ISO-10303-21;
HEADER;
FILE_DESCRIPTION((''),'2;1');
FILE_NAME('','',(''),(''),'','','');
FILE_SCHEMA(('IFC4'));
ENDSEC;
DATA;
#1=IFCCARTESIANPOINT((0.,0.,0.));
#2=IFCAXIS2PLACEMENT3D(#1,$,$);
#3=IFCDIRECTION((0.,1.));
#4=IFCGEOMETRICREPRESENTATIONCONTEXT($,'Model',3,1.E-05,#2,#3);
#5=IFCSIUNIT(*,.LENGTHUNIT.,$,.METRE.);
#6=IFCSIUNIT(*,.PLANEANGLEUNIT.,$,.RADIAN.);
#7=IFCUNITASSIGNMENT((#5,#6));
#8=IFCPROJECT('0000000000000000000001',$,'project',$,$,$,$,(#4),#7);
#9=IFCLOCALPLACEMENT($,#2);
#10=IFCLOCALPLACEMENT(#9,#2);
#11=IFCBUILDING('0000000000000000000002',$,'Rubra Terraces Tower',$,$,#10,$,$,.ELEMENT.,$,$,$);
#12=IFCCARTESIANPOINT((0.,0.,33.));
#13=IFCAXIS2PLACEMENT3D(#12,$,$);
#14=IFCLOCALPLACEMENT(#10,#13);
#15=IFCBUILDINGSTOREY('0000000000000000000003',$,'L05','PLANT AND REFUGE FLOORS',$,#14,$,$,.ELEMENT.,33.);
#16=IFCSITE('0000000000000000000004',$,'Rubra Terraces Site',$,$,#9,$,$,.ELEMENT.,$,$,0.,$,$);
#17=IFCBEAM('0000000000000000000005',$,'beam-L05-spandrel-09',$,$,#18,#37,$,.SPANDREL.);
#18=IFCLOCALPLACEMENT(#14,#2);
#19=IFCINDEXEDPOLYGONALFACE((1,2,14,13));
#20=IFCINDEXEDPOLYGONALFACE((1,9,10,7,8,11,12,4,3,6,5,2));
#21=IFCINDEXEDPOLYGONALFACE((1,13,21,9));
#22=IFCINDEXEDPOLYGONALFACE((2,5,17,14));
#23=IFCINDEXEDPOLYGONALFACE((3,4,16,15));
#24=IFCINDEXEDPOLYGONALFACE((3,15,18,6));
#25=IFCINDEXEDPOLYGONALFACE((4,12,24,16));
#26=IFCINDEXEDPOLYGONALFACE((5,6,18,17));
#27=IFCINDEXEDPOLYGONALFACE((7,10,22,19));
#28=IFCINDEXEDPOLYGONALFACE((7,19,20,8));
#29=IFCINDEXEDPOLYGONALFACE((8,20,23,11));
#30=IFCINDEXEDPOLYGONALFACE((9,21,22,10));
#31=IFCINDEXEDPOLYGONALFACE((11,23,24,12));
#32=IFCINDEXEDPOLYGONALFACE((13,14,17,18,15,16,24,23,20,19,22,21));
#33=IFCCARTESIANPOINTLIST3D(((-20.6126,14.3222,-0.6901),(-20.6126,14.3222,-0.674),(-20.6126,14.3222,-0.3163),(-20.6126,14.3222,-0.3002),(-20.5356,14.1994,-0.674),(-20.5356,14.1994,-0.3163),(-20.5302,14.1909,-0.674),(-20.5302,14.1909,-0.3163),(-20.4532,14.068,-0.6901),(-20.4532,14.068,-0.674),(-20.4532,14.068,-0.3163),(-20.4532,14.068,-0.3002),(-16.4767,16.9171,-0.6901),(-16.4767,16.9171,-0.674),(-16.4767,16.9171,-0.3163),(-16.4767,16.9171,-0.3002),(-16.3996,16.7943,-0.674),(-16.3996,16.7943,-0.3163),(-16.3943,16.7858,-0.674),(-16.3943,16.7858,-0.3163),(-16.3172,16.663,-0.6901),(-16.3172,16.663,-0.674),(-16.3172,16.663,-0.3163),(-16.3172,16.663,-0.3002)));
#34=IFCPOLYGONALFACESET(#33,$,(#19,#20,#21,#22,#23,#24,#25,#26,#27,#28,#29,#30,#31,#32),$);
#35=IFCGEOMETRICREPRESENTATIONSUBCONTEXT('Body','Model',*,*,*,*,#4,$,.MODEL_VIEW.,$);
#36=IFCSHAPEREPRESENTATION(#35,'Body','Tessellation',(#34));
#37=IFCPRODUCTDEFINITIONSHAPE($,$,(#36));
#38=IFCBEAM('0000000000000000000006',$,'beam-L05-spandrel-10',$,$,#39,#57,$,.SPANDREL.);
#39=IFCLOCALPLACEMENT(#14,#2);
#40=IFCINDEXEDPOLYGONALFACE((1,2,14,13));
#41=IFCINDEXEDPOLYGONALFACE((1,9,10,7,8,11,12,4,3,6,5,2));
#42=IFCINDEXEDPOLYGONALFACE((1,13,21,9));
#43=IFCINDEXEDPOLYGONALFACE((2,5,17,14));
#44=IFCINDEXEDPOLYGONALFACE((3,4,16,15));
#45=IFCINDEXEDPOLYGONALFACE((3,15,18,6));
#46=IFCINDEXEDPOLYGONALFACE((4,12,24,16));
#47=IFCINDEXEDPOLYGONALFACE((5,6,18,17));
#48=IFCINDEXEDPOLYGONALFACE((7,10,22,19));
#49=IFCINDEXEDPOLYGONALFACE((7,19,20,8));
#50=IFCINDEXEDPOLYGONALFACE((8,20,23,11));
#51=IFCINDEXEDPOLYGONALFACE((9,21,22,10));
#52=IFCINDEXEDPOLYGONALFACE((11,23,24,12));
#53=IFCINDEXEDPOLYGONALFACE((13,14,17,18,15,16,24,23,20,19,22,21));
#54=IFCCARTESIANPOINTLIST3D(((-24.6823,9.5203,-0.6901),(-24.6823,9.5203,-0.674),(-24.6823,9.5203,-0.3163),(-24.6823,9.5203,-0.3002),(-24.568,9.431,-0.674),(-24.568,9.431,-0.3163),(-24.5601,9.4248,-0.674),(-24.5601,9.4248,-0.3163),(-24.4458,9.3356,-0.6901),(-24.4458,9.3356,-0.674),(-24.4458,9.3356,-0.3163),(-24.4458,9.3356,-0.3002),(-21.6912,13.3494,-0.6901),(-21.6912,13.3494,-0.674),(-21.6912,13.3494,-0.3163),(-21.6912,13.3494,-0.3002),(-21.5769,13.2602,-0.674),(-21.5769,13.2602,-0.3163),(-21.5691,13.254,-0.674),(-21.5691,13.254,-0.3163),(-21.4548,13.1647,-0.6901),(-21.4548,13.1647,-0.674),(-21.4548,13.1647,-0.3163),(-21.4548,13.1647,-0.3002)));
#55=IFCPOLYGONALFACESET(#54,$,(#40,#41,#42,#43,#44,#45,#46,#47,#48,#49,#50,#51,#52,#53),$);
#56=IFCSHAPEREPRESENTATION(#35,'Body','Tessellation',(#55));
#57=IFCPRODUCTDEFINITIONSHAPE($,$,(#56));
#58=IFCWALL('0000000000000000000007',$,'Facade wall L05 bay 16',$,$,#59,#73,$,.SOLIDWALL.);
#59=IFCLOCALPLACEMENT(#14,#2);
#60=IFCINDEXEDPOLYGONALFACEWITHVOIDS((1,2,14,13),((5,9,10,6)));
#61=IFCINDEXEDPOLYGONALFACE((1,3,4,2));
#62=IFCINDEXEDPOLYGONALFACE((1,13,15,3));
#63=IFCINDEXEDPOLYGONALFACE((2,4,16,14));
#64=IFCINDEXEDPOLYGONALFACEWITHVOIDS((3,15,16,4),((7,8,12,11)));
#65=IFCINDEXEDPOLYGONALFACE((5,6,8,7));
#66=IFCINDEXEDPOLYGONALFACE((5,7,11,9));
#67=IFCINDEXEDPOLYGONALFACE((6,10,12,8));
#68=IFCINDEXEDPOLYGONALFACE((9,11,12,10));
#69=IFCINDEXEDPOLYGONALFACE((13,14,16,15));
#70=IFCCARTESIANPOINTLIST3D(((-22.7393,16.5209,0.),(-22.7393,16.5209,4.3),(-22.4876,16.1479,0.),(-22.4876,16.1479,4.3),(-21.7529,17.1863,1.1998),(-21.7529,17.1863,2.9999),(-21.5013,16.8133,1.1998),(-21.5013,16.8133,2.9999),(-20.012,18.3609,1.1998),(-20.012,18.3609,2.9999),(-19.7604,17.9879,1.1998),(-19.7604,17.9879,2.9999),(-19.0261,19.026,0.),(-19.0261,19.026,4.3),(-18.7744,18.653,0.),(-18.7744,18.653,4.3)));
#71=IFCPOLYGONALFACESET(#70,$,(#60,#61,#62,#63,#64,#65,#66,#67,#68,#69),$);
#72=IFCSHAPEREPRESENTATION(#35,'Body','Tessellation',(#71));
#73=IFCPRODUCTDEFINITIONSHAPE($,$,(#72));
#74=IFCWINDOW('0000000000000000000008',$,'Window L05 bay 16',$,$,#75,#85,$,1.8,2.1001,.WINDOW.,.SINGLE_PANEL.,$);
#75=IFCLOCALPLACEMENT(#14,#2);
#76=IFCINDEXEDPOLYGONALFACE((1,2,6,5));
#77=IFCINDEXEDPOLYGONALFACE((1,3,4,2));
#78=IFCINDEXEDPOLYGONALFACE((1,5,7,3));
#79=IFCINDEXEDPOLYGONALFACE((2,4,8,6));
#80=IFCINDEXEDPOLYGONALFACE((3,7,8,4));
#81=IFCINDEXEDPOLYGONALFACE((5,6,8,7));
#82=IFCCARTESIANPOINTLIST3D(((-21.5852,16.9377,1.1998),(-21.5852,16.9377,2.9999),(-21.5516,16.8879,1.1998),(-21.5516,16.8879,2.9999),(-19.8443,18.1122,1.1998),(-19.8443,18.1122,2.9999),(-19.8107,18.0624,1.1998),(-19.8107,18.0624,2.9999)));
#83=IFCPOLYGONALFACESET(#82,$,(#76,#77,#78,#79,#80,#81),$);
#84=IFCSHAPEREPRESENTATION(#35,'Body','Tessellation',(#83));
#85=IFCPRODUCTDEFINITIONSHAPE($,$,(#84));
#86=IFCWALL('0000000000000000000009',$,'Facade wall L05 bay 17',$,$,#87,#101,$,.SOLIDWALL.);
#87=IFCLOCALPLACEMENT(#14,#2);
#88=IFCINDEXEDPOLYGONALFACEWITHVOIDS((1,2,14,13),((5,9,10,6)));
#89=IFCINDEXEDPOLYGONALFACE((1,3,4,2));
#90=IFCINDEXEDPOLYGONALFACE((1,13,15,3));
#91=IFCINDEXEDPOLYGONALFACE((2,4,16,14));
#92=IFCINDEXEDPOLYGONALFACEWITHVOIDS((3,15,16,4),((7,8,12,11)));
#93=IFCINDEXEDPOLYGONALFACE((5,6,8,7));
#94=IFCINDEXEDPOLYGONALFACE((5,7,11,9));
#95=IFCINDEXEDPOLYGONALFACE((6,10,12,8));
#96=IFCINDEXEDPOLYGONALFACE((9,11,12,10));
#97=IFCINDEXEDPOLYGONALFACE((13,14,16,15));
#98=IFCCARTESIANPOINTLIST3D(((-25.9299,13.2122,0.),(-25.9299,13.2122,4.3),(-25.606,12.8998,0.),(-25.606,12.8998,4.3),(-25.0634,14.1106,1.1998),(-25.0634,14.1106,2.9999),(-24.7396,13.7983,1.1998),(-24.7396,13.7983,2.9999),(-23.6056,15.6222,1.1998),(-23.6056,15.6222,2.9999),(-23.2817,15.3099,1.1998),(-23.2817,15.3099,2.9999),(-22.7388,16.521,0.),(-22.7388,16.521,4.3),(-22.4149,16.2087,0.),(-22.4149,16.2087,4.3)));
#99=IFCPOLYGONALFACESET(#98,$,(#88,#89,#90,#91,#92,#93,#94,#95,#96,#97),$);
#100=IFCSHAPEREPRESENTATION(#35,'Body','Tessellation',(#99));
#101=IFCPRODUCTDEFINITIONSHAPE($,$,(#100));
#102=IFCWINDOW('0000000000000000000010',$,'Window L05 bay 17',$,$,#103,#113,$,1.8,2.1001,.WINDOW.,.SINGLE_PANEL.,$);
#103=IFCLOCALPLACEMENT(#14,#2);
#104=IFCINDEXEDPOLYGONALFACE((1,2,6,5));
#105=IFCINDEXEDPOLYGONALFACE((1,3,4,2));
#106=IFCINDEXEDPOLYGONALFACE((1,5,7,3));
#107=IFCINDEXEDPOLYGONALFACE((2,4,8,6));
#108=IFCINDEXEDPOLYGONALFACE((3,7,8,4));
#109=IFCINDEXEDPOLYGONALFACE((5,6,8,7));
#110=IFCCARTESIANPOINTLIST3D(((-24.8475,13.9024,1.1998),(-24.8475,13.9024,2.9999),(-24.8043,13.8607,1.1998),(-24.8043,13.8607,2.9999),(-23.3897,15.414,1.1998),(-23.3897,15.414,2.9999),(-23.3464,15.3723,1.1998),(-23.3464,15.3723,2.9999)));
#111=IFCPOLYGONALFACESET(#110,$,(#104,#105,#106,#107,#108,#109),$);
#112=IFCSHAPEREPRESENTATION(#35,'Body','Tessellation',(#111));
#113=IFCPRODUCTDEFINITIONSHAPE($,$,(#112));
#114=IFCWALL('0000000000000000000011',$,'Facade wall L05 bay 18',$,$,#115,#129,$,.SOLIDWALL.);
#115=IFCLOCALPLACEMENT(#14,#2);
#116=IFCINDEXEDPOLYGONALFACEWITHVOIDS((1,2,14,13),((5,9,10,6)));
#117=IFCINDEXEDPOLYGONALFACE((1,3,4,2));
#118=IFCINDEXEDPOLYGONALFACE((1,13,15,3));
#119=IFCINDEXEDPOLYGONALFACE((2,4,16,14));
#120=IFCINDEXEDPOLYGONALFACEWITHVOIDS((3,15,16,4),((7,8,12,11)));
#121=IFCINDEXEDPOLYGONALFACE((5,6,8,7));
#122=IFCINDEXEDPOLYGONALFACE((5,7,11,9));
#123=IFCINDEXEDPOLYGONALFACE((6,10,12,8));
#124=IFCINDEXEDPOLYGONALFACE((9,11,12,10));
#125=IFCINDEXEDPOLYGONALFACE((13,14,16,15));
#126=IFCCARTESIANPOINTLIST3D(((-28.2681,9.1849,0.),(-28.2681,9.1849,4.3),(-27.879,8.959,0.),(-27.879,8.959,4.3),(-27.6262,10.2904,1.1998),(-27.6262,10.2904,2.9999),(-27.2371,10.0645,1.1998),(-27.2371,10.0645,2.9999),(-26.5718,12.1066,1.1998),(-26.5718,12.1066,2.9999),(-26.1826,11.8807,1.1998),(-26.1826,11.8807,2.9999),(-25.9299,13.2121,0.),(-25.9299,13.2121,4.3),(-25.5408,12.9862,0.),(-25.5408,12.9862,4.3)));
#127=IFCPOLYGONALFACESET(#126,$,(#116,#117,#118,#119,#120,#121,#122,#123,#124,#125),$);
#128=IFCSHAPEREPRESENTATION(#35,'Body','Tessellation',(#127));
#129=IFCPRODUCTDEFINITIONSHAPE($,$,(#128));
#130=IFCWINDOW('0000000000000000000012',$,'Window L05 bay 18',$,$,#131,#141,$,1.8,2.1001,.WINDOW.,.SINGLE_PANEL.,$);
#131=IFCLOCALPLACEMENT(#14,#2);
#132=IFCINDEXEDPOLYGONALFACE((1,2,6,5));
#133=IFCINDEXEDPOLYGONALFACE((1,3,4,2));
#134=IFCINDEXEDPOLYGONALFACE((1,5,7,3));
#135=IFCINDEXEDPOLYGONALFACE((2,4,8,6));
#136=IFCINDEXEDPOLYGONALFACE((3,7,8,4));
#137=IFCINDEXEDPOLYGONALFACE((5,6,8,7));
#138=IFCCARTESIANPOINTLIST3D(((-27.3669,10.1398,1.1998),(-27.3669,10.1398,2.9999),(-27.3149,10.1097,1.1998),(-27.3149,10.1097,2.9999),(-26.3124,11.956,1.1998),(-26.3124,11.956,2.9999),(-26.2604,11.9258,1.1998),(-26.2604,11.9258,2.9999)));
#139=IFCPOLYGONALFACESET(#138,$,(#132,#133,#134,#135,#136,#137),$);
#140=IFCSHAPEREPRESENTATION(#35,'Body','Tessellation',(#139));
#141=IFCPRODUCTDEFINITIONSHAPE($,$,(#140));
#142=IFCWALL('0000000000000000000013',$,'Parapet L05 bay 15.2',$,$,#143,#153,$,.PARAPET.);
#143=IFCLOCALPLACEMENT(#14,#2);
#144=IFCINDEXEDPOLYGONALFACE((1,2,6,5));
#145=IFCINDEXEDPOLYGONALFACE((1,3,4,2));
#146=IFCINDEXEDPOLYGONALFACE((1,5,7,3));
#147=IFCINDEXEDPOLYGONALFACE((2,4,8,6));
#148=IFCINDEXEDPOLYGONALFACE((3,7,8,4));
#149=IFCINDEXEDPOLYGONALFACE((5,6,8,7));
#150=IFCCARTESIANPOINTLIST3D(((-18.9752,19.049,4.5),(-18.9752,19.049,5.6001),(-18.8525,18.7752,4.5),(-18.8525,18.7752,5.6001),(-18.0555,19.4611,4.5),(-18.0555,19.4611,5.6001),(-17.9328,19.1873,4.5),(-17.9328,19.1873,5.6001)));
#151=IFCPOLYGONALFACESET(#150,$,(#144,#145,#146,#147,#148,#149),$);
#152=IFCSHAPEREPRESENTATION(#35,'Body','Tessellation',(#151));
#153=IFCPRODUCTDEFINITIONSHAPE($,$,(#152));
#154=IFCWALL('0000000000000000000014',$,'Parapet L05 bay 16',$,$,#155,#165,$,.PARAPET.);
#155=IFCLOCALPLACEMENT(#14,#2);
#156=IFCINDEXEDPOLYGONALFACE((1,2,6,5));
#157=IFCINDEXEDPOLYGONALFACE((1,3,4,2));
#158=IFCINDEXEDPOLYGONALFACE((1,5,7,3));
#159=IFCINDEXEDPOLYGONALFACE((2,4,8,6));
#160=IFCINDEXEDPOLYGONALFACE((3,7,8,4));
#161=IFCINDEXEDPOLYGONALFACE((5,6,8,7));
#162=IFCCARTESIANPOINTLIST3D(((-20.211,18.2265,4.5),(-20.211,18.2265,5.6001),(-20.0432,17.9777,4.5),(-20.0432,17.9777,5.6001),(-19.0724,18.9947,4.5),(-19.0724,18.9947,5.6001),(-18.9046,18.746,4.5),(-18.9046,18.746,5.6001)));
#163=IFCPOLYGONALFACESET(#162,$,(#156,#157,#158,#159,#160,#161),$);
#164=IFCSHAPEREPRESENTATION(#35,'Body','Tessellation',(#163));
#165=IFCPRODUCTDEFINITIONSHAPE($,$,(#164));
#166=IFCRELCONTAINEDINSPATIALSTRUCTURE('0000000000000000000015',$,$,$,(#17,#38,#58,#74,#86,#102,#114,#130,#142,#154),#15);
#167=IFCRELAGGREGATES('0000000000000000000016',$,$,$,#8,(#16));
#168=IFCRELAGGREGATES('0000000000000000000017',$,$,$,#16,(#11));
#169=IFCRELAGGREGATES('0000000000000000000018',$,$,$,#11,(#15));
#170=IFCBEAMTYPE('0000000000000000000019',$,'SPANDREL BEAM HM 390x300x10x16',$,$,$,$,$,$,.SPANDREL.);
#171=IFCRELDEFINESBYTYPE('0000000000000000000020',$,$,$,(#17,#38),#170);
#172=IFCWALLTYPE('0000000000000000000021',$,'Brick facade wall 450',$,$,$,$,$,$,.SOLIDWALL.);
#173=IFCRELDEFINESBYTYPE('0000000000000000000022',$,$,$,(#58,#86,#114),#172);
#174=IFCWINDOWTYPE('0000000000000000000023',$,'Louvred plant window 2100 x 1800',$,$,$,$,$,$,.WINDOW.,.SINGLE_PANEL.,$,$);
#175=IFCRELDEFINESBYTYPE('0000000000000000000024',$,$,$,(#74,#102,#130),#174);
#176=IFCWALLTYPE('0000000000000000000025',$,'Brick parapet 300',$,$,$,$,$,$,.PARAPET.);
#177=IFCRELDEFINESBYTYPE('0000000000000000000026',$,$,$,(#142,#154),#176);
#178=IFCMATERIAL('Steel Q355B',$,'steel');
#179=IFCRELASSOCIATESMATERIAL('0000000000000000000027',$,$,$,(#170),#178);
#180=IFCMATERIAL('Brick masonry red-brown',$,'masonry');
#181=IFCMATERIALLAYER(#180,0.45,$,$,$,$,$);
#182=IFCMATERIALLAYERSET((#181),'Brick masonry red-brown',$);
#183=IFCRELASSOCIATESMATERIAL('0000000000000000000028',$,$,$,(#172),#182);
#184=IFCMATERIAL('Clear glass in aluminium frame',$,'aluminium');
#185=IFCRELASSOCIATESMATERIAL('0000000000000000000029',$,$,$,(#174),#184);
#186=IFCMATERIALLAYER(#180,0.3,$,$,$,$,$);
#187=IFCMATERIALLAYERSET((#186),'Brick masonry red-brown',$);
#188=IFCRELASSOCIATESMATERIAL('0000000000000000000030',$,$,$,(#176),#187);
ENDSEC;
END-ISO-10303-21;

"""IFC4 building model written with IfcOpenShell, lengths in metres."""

from ifc_helpers import new_model, si_unit, direction, frame, frame_2d, origin, origin_2d, place, context, subcontext, project, spatial, rectangle, i_section, extrude, material, layer, layer_set, material_profile, profile_set, type_object, element, fill, save


model = new_model("IFC4")

# Units and contexts
model_context = context("Model", 3, precision=1e-05, world=origin(), true_north=direction((0.0, 1.0)))
body_context = subcontext(model_context, "Body", "Model", "MODEL_VIEW")
ifc_project = project(units=[si_unit("LENGTHUNIT", "METRE"), si_unit("PLANEANGLEUNIT", "RADIAN")], contexts=[model_context])

# Site, building, storey
site_placement = place(None, origin())
site = spatial("IfcSite", under=ifc_project, at=site_placement, Name="Rubra Terraces Site", CompositionType="ELEMENT", RefElevation=0.0)
building_placement = place(site_placement, origin())
building = spatial("IfcBuilding", under=site, at=building_placement, Name="Rubra Terraces Tower", CompositionType="ELEMENT")
storey_placement = place(building_placement, frame((0.0, 0.0, 33.0)))
storey = spatial("IfcBuildingStorey", under=building, at=storey_placement, Name="L05", Description="PLANT AND REFUGE FLOORS", CompositionType="ELEMENT", Elevation=33.0)

# Shared definitions
ifc_material_1 = material(Name="Steel Q355B", Category="steel")

# Beams
ifc_material_profile_1 = material_profile(ifc_material_1, i_section(OverallWidth=0.3, OverallDepth=0.3899, WebThickness=0.01, FlangeThickness=0.0161, at=origin_2d()), Name="HM 390x300x10x16")
ifc_profile_set_1 = profile_set([ifc_material_profile_1], Name="Steel Q355B")
beam_type_1 = type_object("IfcBeamType", Name="SPANDREL BEAM HM 390x300x10x16", PredefinedType="SPANDREL", material=ifc_profile_set_1)
beam_1_placement = place(storey_placement, frame((-16.397, 16.79, -0.4951), z_axis=(-0.847078, -0.531468, 0.0), x_axis=(0.531468, -0.847078, 0.0)))
element("IfcBeam", 1, at=beam_1_placement, inside=storey, type_object=beam_type_1, Name="beam-L05-spandrel-09", PredefinedType="SPANDREL", context=body_context, shape_type="SweptSolid", body=[
    extrude(i_section(OverallWidth=0.3, OverallDepth=0.3899, WebThickness=0.01, FlangeThickness=0.0161, at=origin_2d()), origin(), (0.0, 0.0, 1.0), 4.8826),
])
beam_2_placement = place(storey_placement, frame((-21.573, 13.2571, -0.4951), z_axis=(-0.615578, -0.788076, 0.0), x_axis=(0.788076, -0.615578, 0.0)))
element("IfcBeam", 2, at=beam_2_placement, inside=storey, type_object=beam_type_1, Name="beam-L05-spandrel-10", PredefinedType="SPANDREL", context=body_context, shape_type="SweptSolid", body=[
    extrude(i_section(OverallWidth=0.3, OverallDepth=0.3899, WebThickness=0.01, FlangeThickness=0.0161, at=origin_2d()), origin(), (0.0, 0.0, 1.0), 4.8589),
])

# Walls, openings, windows
ifc_material_2 = material(Name="Brick masonry red-brown", Category="masonry")
ifc_layer_1 = layer(ifc_material_2, 0.45)
ifc_layer_set_1 = layer_set([ifc_layer_1], Name="Brick masonry red-brown")
wall_type_1 = type_object("IfcWallType", Name="Brick facade wall 450", PredefinedType="SOLIDWALL", material=ifc_layer_set_1)
wall_1_placement = place(storey_placement, frame((-18.9001, 18.8396, 0.0), z_axis=(0.0, 0.0, 1.0), x_axis=(-0.828977, -0.559283, 0.0)))
wall_1 = element("IfcWall", 3, at=wall_1_placement, inside=storey, type_object=wall_type_1, Name="Facade wall L05 bay 16", PredefinedType="SOLIDWALL", context=body_context, shape_type="SweptSolid", body=[
    extrude(rectangle(XDim=4.4792, YDim=0.45, at=frame_2d((2.2397, 0.0))), origin(), (0.0, 0.0, 1.0), 4.3),
])
opening_1_placement = place(wall_1_placement, frame((1.1895, 0.0, 1.2)))
opening_1 = element("IfcOpeningElement", 4, at=opening_1_placement, cuts=wall_1, PredefinedType="OPENING", context=body_context, shape_type="SweptSolid", body=[
    extrude(rectangle(XDim=2.1001, YDim=1.8, at=frame_2d((1.05, 0.8999))), frame((0.0, 0.2349, 0.0), z_axis=(0.0, -1.0, 0.0), x_axis=(1.0, 0.0, 0.0)), (0.0, 0.0, 1.0), 0.47),
])
ifc_material_3 = material(Name="Clear glass in aluminium frame", Category="aluminium")
window_type = type_object("IfcWindowType", Name="Louvred plant window 2100 x 1800", PartitioningType="SINGLE_PANEL", PredefinedType="WINDOW", material=ifc_material_3)
window_1_placement = place(opening_1_placement, origin())
window_1 = element("IfcWindow", 5, at=window_1_placement, inside=storey, type_object=window_type, Name="Window L05 bay 16", OverallHeight=1.8, OverallWidth=2.1001, PartitioningType="SINGLE_PANEL", PredefinedType="WINDOW", context=body_context, shape_type="SweptSolid", body=[
    extrude(rectangle(XDim=2.1001, YDim=1.8, at=frame_2d((1.05, 0.8999))), frame((0.0, 0.135, 0.0), z_axis=(0.0, -1.0, 0.0), x_axis=(1.0, 0.0, 0.0)), (0.0, 0.0, 1.0), 0.0601),
])
fill(opening_1, window_1)
wall_2_placement = place(storey_placement, frame((-22.5769, 16.3647, 0.0), z_axis=(0.0, 0.0, 1.0), x_axis=(-0.694192, -0.71979, 0.0)))
wall_2 = element("IfcWall", 6, at=wall_2_placement, inside=storey, type_object=wall_type_1, Name="Facade wall L05 bay 17", PredefinedType="SOLIDWALL", context=body_context, shape_type="SweptSolid", body=[
    extrude(rectangle(XDim=4.5969, YDim=0.45, at=frame_2d((2.2983, 0.0))), origin(), (0.0, 0.0, 1.0), 4.3),
])
opening_2_placement = place(wall_2_placement, frame((1.2485, 0.0, 1.2)))
opening_2 = element("IfcOpeningElement", 7, at=opening_2_placement, cuts=wall_2, PredefinedType="OPENING", context=body_context, shape_type="SweptSolid", body=[
    extrude(rectangle(XDim=2.1001, YDim=1.8, at=frame_2d((1.05, 0.8999))), frame((0.0, 0.2349, 0.0), z_axis=(0.0, -1.0, 0.0), x_axis=(1.0, 0.0, 0.0)), (0.0, 0.0, 1.0), 0.47),
])
window_2_placement = place(opening_2_placement, origin())
window_2 = element("IfcWindow", 8, at=window_2_placement, inside=storey, type_object=window_type, Name="Window L05 bay 17", OverallHeight=1.8, OverallWidth=2.1001, PartitioningType="SINGLE_PANEL", PredefinedType="WINDOW", context=body_context, shape_type="SweptSolid", body=[
    extrude(rectangle(XDim=2.1001, YDim=1.8, at=frame_2d((1.05, 0.8999))), frame((0.0, 0.135, 0.0), z_axis=(0.0, -1.0, 0.0), x_axis=(1.0, 0.0, 0.0)), (0.0, 0.0, 1.0), 0.0601),
])
fill(opening_2, window_2)
wall_3_placement = place(storey_placement, frame((-25.7354, 13.0991, 0.0), z_axis=(0.0, 0.0, 1.0), x_axis=(-0.502106, -0.864806, 0.0)))
wall_3 = element("IfcWall", 9, at=wall_3_placement, inside=storey, type_object=wall_type_1, Name="Facade wall L05 bay 18", PredefinedType="SOLIDWALL", context=body_context, shape_type="SweptSolid", body=[
    extrude(rectangle(XDim=4.6567, YDim=0.45, at=frame_2d((2.3284, 0.0))), origin(), (0.0, 0.0, 1.0), 4.3),
])
opening_3_placement = place(wall_3_placement, frame((1.2783, 0.0, 1.2)))
opening_3 = element("IfcOpeningElement", 10, at=opening_3_placement, cuts=wall_3, PredefinedType="OPENING", context=body_context, shape_type="SweptSolid", body=[
    extrude(rectangle(XDim=2.1001, YDim=1.8, at=frame_2d((1.05, 0.8999))), frame((0.0, 0.2349, 0.0), z_axis=(0.0, -1.0, 0.0), x_axis=(1.0, 0.0, 0.0)), (0.0, 0.0, 1.0), 0.47),
])
window_3_placement = place(opening_3_placement, origin())
window_3 = element("IfcWindow", 11, at=window_3_placement, inside=storey, type_object=window_type, Name="Window L05 bay 18", OverallHeight=1.8, OverallWidth=2.1001, PartitioningType="SINGLE_PANEL", PredefinedType="WINDOW", context=body_context, shape_type="SweptSolid", body=[
    extrude(rectangle(XDim=2.1001, YDim=1.8, at=frame_2d((1.05, 0.8999))), frame((0.0, 0.135, 0.0), z_axis=(0.0, -1.0, 0.0), x_axis=(1.0, 0.0, 0.0)), (0.0, 0.0, 1.0), 0.0601),
])
fill(opening_3, window_3)

# Walls
ifc_layer_2 = layer(ifc_material_2, 0.3)
ifc_layer_set_2 = layer_set([ifc_layer_2], Name="Brick masonry red-brown")
wall_type_2 = type_object("IfcWallType", Name="Brick parapet 300", PredefinedType="PARAPET", material=ifc_layer_set_2)
wall_4_placement = place(storey_placement, frame((-17.9941, 19.3242, 4.5), z_axis=(0.0, 0.0, 1.0), x_axis=(-0.912569, -0.408924, 0.0)))
element("IfcWall", 12, at=wall_4_placement, inside=storey, type_object=wall_type_2, Name="Parapet L05 bay 15.2", PredefinedType="PARAPET", context=body_context, shape_type="SweptSolid", body=[
    extrude(rectangle(XDim=1.0078, YDim=0.3, at=frame_2d((0.5039, 0.0))), origin(), (0.0, 0.0, 1.0), 1.1001),
])
wall_5_placement = place(storey_placement, frame((-18.9885, 18.8704, 4.5), z_axis=(0.0, 0.0, 1.0), x_axis=(-0.828948, -0.559326, 0.0)))
element("IfcWall", 13, at=wall_5_placement, inside=storey, type_object=wall_type_2, Name="Parapet L05 bay 16", PredefinedType="PARAPET", context=body_context, shape_type="SweptSolid", body=[
    extrude(rectangle(XDim=1.3735, YDim=0.3, at=frame_2d((0.6868, 0.0))), origin(), (0.0, 0.0, 1.0), 1.1001),
])

save(model, "model.ifc")
